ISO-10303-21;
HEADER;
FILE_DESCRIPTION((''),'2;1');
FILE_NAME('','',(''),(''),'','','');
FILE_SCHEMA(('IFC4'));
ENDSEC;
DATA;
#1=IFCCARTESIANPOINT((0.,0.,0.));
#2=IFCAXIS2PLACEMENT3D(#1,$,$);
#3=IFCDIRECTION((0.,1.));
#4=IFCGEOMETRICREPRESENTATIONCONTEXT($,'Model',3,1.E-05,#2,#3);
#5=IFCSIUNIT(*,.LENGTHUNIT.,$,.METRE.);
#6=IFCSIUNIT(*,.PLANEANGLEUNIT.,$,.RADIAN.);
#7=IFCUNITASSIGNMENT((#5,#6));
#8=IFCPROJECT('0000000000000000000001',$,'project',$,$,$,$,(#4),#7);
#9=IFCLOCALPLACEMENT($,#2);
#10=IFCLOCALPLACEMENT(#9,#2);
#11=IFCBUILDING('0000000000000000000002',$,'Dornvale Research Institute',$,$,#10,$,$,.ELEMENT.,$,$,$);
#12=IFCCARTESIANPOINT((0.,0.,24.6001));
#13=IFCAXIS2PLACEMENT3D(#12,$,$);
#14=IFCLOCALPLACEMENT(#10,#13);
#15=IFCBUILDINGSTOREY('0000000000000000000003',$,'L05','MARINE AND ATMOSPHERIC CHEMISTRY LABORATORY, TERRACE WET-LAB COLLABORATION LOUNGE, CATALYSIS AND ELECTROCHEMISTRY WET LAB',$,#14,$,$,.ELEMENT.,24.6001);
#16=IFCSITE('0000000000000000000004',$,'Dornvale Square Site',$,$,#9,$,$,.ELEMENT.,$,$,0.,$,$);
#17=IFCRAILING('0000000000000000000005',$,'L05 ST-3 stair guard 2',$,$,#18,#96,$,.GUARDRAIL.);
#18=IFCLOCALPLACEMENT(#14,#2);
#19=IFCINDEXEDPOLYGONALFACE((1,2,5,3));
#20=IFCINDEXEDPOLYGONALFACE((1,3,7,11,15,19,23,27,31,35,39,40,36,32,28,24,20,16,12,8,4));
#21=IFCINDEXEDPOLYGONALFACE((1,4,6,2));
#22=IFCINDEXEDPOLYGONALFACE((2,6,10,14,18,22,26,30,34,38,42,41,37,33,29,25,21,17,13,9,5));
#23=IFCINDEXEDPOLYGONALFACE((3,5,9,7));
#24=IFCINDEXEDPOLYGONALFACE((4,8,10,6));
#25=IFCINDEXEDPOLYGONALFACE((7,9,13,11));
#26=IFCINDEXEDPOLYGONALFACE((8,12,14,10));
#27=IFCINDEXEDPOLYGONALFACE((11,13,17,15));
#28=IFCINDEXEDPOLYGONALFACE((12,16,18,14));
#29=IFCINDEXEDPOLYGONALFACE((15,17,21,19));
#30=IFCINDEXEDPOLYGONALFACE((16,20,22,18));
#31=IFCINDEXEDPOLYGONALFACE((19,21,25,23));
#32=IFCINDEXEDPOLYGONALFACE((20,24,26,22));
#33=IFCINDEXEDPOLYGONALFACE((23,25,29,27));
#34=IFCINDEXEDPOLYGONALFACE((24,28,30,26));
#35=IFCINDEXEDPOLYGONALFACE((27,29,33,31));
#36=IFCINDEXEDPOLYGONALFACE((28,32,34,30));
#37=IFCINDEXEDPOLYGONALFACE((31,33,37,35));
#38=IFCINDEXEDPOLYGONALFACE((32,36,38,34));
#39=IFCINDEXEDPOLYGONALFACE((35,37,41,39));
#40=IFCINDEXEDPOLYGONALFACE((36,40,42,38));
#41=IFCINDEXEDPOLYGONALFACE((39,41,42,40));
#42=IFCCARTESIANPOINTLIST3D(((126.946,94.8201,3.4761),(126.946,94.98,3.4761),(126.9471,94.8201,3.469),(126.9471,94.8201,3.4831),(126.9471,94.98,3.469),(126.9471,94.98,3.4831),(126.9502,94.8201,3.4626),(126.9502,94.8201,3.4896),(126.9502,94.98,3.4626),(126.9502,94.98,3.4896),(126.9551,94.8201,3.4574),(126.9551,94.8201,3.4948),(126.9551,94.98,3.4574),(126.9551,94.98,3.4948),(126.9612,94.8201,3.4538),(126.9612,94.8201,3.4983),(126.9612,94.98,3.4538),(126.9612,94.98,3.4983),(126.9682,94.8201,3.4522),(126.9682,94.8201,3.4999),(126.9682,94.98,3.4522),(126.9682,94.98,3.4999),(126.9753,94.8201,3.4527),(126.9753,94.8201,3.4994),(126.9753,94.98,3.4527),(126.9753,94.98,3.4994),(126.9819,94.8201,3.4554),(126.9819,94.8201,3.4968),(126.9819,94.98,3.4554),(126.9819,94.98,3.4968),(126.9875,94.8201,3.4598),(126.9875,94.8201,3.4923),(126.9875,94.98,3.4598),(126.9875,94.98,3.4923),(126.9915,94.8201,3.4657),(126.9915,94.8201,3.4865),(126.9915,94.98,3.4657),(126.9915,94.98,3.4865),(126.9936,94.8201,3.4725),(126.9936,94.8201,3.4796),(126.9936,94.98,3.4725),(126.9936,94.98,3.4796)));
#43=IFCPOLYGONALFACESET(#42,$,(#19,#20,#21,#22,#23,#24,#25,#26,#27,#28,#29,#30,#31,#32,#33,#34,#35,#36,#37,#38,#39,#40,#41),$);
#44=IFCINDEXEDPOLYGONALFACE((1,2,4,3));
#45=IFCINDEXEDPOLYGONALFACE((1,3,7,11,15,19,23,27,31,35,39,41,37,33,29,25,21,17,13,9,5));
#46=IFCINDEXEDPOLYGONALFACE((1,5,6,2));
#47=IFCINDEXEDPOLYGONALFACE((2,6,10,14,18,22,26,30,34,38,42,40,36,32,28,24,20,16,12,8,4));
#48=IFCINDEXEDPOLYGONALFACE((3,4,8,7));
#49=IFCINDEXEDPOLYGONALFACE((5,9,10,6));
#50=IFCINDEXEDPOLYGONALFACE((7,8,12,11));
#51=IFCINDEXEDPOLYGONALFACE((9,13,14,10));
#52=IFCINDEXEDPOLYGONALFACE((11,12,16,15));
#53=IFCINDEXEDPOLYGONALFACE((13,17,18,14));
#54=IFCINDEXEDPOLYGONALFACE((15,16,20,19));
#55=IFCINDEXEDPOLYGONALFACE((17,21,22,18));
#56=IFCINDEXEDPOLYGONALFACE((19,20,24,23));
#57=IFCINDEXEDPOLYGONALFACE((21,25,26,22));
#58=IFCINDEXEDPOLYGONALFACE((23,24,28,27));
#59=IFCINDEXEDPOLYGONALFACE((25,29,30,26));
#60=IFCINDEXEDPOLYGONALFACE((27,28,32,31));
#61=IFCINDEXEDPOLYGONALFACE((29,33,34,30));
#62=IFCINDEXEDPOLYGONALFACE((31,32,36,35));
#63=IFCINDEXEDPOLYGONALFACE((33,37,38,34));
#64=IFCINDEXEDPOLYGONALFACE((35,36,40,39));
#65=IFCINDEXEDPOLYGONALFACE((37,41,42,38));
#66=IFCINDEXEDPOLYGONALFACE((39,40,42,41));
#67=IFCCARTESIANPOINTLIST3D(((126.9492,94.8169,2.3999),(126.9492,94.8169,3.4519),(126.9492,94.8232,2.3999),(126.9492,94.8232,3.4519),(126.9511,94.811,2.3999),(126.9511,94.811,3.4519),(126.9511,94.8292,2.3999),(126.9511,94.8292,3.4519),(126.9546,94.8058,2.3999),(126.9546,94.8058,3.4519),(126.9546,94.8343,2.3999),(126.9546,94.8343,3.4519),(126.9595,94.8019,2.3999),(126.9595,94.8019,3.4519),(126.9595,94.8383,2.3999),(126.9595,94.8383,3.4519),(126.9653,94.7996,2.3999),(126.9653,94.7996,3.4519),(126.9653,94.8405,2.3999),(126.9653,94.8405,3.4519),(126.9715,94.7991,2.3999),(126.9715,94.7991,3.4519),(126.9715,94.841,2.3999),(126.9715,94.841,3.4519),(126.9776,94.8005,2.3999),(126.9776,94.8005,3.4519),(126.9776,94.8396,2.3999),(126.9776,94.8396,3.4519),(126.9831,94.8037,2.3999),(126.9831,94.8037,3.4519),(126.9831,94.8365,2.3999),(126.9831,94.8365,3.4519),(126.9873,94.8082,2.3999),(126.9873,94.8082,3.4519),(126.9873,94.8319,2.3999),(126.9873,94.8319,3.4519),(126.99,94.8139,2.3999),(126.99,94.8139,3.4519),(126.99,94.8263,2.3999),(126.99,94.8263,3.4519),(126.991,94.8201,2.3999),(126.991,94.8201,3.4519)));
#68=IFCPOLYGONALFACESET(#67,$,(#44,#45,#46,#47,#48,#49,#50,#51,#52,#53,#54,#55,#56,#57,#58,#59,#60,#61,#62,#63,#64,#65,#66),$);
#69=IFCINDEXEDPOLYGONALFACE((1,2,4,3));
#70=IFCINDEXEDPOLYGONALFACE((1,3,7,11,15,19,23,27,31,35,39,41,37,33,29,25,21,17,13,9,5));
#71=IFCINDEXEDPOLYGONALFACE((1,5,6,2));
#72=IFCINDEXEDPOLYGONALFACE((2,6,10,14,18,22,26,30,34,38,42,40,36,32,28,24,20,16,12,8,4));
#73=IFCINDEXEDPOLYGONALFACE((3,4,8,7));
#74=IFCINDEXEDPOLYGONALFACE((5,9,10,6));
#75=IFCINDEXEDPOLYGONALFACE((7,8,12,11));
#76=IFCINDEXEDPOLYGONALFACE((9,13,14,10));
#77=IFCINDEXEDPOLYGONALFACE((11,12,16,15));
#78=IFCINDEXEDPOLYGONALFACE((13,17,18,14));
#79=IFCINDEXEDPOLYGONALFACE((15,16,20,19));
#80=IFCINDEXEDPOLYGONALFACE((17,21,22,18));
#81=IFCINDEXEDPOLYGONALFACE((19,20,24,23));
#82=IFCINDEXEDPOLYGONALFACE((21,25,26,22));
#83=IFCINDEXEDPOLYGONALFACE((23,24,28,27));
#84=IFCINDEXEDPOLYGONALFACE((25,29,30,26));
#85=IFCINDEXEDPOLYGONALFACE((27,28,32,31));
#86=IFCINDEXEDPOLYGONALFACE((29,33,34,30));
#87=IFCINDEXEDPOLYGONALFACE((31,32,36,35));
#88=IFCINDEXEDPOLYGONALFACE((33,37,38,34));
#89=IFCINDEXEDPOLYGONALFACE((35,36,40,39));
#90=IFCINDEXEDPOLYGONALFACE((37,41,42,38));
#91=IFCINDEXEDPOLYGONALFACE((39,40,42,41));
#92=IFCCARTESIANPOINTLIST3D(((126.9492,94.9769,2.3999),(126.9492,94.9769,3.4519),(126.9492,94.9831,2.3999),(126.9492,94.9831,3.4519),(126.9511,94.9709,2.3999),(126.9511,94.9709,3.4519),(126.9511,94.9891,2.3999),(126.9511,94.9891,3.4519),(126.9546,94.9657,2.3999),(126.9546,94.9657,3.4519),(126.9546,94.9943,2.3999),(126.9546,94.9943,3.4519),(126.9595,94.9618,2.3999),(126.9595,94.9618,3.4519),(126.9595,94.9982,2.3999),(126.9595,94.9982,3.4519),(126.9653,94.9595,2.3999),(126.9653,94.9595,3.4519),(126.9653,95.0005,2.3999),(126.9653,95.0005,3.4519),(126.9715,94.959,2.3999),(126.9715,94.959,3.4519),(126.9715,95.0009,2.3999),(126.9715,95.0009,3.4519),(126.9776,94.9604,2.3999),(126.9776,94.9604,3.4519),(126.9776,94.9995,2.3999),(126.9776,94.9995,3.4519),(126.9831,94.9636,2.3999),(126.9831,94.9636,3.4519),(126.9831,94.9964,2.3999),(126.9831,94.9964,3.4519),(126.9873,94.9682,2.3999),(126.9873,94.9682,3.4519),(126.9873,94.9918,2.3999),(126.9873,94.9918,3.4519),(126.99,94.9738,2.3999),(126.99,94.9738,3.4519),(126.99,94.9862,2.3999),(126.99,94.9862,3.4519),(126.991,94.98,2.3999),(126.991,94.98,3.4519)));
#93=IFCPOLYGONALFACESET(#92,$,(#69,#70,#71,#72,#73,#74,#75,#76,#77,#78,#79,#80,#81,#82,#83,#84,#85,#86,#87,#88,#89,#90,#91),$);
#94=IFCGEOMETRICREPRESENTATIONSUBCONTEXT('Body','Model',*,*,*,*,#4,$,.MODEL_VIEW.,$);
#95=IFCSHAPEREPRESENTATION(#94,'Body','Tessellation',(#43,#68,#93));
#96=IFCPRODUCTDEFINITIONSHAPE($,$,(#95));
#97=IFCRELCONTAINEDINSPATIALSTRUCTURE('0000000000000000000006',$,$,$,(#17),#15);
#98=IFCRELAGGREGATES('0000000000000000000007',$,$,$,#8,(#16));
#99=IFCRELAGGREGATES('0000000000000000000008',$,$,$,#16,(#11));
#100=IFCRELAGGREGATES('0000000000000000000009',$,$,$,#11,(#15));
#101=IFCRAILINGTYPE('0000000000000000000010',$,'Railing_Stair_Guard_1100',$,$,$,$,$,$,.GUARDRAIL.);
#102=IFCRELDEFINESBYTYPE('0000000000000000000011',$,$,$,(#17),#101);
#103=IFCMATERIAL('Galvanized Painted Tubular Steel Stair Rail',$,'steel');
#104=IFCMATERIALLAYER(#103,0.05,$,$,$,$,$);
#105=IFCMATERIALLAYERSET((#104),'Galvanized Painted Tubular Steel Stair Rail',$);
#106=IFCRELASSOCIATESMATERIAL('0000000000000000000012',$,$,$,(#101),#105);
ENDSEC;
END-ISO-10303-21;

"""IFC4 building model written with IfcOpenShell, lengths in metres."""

from ifc_helpers import new_model, si_unit, direction, frame, origin, origin_2d, place, context, subcontext, project, spatial, circle, extrude, material, layer, layer_set, type_object, element, save


model = new_model("IFC4")

# Units and contexts
model_context = context("Model", 3, precision=1e-05, world=origin(), true_north=direction((0.0, 1.0)))
body_context = subcontext(model_context, "Body", "Model", "MODEL_VIEW")
ifc_project = project(units=[si_unit("LENGTHUNIT", "METRE"), si_unit("PLANEANGLEUNIT", "RADIAN")], contexts=[model_context])

# Site, building, storey
site_placement = place(None, origin())
site = spatial("IfcSite", under=ifc_project, at=site_placement, Name="Dornvale Square Site", CompositionType="ELEMENT", RefElevation=0.0)
building_placement = place(site_placement, origin())
building = spatial("IfcBuilding", under=site, at=building_placement, Name="Dornvale Research Institute", CompositionType="ELEMENT")
storey_placement = place(building_placement, frame((0.0, 0.0, 24.6001)))
storey = spatial("IfcBuildingStorey", under=building, at=storey_placement, Name="L05", Description="MARINE AND ATMOSPHERIC CHEMISTRY LABORATORY, TERRACE WET-LAB COLLABORATION LOUNGE, CATALYSIS AND ELECTROCHEMISTRY WET LAB", CompositionType="ELEMENT", Elevation=24.6001)

# Railing
ifc_material_1 = material(Name="Galvanized Painted Tubular Steel Stair Rail", Category="steel")
ifc_layer_1 = layer(ifc_material_1, 0.05)
ifc_layer_set_1 = layer_set([ifc_layer_1], Name="Galvanized Painted Tubular Steel Stair Rail")
railing_type_1 = type_object("IfcRailingType", Name="Railing_Stair_Guard_1100", PredefinedType="GUARDRAIL", material=ifc_layer_set_1)
railing_1_placement = place(storey_placement, frame((126.97, 94.8201, 2.3999)))
element("IfcRailing", 1, at=railing_1_placement, inside=storey, type_object=railing_type_1, Name="L05 ST-3 stair guard 2", PredefinedType="GUARDRAIL", context=body_context, shape_type="SweptSolid", body=[
    extrude(circle(Radius=0.0239, at=origin_2d()), frame((0.0, 0.0, 1.0762), z_axis=(0.0, 1.0, 0.0), x_axis=(-1.0, 0.0, 0.0)), (0.0, 0.0, 1.0), 0.1599),
    extrude(circle(Radius=0.021, at=origin_2d()), origin(), (0.0, 0.0, 1.0), 1.052),
    extrude(circle(Radius=0.021, at=origin_2d()), frame((0.0, 0.1599, 0.0)), (0.0, 0.0, 1.0), 1.052),
])

save(model, "model.ifc")
